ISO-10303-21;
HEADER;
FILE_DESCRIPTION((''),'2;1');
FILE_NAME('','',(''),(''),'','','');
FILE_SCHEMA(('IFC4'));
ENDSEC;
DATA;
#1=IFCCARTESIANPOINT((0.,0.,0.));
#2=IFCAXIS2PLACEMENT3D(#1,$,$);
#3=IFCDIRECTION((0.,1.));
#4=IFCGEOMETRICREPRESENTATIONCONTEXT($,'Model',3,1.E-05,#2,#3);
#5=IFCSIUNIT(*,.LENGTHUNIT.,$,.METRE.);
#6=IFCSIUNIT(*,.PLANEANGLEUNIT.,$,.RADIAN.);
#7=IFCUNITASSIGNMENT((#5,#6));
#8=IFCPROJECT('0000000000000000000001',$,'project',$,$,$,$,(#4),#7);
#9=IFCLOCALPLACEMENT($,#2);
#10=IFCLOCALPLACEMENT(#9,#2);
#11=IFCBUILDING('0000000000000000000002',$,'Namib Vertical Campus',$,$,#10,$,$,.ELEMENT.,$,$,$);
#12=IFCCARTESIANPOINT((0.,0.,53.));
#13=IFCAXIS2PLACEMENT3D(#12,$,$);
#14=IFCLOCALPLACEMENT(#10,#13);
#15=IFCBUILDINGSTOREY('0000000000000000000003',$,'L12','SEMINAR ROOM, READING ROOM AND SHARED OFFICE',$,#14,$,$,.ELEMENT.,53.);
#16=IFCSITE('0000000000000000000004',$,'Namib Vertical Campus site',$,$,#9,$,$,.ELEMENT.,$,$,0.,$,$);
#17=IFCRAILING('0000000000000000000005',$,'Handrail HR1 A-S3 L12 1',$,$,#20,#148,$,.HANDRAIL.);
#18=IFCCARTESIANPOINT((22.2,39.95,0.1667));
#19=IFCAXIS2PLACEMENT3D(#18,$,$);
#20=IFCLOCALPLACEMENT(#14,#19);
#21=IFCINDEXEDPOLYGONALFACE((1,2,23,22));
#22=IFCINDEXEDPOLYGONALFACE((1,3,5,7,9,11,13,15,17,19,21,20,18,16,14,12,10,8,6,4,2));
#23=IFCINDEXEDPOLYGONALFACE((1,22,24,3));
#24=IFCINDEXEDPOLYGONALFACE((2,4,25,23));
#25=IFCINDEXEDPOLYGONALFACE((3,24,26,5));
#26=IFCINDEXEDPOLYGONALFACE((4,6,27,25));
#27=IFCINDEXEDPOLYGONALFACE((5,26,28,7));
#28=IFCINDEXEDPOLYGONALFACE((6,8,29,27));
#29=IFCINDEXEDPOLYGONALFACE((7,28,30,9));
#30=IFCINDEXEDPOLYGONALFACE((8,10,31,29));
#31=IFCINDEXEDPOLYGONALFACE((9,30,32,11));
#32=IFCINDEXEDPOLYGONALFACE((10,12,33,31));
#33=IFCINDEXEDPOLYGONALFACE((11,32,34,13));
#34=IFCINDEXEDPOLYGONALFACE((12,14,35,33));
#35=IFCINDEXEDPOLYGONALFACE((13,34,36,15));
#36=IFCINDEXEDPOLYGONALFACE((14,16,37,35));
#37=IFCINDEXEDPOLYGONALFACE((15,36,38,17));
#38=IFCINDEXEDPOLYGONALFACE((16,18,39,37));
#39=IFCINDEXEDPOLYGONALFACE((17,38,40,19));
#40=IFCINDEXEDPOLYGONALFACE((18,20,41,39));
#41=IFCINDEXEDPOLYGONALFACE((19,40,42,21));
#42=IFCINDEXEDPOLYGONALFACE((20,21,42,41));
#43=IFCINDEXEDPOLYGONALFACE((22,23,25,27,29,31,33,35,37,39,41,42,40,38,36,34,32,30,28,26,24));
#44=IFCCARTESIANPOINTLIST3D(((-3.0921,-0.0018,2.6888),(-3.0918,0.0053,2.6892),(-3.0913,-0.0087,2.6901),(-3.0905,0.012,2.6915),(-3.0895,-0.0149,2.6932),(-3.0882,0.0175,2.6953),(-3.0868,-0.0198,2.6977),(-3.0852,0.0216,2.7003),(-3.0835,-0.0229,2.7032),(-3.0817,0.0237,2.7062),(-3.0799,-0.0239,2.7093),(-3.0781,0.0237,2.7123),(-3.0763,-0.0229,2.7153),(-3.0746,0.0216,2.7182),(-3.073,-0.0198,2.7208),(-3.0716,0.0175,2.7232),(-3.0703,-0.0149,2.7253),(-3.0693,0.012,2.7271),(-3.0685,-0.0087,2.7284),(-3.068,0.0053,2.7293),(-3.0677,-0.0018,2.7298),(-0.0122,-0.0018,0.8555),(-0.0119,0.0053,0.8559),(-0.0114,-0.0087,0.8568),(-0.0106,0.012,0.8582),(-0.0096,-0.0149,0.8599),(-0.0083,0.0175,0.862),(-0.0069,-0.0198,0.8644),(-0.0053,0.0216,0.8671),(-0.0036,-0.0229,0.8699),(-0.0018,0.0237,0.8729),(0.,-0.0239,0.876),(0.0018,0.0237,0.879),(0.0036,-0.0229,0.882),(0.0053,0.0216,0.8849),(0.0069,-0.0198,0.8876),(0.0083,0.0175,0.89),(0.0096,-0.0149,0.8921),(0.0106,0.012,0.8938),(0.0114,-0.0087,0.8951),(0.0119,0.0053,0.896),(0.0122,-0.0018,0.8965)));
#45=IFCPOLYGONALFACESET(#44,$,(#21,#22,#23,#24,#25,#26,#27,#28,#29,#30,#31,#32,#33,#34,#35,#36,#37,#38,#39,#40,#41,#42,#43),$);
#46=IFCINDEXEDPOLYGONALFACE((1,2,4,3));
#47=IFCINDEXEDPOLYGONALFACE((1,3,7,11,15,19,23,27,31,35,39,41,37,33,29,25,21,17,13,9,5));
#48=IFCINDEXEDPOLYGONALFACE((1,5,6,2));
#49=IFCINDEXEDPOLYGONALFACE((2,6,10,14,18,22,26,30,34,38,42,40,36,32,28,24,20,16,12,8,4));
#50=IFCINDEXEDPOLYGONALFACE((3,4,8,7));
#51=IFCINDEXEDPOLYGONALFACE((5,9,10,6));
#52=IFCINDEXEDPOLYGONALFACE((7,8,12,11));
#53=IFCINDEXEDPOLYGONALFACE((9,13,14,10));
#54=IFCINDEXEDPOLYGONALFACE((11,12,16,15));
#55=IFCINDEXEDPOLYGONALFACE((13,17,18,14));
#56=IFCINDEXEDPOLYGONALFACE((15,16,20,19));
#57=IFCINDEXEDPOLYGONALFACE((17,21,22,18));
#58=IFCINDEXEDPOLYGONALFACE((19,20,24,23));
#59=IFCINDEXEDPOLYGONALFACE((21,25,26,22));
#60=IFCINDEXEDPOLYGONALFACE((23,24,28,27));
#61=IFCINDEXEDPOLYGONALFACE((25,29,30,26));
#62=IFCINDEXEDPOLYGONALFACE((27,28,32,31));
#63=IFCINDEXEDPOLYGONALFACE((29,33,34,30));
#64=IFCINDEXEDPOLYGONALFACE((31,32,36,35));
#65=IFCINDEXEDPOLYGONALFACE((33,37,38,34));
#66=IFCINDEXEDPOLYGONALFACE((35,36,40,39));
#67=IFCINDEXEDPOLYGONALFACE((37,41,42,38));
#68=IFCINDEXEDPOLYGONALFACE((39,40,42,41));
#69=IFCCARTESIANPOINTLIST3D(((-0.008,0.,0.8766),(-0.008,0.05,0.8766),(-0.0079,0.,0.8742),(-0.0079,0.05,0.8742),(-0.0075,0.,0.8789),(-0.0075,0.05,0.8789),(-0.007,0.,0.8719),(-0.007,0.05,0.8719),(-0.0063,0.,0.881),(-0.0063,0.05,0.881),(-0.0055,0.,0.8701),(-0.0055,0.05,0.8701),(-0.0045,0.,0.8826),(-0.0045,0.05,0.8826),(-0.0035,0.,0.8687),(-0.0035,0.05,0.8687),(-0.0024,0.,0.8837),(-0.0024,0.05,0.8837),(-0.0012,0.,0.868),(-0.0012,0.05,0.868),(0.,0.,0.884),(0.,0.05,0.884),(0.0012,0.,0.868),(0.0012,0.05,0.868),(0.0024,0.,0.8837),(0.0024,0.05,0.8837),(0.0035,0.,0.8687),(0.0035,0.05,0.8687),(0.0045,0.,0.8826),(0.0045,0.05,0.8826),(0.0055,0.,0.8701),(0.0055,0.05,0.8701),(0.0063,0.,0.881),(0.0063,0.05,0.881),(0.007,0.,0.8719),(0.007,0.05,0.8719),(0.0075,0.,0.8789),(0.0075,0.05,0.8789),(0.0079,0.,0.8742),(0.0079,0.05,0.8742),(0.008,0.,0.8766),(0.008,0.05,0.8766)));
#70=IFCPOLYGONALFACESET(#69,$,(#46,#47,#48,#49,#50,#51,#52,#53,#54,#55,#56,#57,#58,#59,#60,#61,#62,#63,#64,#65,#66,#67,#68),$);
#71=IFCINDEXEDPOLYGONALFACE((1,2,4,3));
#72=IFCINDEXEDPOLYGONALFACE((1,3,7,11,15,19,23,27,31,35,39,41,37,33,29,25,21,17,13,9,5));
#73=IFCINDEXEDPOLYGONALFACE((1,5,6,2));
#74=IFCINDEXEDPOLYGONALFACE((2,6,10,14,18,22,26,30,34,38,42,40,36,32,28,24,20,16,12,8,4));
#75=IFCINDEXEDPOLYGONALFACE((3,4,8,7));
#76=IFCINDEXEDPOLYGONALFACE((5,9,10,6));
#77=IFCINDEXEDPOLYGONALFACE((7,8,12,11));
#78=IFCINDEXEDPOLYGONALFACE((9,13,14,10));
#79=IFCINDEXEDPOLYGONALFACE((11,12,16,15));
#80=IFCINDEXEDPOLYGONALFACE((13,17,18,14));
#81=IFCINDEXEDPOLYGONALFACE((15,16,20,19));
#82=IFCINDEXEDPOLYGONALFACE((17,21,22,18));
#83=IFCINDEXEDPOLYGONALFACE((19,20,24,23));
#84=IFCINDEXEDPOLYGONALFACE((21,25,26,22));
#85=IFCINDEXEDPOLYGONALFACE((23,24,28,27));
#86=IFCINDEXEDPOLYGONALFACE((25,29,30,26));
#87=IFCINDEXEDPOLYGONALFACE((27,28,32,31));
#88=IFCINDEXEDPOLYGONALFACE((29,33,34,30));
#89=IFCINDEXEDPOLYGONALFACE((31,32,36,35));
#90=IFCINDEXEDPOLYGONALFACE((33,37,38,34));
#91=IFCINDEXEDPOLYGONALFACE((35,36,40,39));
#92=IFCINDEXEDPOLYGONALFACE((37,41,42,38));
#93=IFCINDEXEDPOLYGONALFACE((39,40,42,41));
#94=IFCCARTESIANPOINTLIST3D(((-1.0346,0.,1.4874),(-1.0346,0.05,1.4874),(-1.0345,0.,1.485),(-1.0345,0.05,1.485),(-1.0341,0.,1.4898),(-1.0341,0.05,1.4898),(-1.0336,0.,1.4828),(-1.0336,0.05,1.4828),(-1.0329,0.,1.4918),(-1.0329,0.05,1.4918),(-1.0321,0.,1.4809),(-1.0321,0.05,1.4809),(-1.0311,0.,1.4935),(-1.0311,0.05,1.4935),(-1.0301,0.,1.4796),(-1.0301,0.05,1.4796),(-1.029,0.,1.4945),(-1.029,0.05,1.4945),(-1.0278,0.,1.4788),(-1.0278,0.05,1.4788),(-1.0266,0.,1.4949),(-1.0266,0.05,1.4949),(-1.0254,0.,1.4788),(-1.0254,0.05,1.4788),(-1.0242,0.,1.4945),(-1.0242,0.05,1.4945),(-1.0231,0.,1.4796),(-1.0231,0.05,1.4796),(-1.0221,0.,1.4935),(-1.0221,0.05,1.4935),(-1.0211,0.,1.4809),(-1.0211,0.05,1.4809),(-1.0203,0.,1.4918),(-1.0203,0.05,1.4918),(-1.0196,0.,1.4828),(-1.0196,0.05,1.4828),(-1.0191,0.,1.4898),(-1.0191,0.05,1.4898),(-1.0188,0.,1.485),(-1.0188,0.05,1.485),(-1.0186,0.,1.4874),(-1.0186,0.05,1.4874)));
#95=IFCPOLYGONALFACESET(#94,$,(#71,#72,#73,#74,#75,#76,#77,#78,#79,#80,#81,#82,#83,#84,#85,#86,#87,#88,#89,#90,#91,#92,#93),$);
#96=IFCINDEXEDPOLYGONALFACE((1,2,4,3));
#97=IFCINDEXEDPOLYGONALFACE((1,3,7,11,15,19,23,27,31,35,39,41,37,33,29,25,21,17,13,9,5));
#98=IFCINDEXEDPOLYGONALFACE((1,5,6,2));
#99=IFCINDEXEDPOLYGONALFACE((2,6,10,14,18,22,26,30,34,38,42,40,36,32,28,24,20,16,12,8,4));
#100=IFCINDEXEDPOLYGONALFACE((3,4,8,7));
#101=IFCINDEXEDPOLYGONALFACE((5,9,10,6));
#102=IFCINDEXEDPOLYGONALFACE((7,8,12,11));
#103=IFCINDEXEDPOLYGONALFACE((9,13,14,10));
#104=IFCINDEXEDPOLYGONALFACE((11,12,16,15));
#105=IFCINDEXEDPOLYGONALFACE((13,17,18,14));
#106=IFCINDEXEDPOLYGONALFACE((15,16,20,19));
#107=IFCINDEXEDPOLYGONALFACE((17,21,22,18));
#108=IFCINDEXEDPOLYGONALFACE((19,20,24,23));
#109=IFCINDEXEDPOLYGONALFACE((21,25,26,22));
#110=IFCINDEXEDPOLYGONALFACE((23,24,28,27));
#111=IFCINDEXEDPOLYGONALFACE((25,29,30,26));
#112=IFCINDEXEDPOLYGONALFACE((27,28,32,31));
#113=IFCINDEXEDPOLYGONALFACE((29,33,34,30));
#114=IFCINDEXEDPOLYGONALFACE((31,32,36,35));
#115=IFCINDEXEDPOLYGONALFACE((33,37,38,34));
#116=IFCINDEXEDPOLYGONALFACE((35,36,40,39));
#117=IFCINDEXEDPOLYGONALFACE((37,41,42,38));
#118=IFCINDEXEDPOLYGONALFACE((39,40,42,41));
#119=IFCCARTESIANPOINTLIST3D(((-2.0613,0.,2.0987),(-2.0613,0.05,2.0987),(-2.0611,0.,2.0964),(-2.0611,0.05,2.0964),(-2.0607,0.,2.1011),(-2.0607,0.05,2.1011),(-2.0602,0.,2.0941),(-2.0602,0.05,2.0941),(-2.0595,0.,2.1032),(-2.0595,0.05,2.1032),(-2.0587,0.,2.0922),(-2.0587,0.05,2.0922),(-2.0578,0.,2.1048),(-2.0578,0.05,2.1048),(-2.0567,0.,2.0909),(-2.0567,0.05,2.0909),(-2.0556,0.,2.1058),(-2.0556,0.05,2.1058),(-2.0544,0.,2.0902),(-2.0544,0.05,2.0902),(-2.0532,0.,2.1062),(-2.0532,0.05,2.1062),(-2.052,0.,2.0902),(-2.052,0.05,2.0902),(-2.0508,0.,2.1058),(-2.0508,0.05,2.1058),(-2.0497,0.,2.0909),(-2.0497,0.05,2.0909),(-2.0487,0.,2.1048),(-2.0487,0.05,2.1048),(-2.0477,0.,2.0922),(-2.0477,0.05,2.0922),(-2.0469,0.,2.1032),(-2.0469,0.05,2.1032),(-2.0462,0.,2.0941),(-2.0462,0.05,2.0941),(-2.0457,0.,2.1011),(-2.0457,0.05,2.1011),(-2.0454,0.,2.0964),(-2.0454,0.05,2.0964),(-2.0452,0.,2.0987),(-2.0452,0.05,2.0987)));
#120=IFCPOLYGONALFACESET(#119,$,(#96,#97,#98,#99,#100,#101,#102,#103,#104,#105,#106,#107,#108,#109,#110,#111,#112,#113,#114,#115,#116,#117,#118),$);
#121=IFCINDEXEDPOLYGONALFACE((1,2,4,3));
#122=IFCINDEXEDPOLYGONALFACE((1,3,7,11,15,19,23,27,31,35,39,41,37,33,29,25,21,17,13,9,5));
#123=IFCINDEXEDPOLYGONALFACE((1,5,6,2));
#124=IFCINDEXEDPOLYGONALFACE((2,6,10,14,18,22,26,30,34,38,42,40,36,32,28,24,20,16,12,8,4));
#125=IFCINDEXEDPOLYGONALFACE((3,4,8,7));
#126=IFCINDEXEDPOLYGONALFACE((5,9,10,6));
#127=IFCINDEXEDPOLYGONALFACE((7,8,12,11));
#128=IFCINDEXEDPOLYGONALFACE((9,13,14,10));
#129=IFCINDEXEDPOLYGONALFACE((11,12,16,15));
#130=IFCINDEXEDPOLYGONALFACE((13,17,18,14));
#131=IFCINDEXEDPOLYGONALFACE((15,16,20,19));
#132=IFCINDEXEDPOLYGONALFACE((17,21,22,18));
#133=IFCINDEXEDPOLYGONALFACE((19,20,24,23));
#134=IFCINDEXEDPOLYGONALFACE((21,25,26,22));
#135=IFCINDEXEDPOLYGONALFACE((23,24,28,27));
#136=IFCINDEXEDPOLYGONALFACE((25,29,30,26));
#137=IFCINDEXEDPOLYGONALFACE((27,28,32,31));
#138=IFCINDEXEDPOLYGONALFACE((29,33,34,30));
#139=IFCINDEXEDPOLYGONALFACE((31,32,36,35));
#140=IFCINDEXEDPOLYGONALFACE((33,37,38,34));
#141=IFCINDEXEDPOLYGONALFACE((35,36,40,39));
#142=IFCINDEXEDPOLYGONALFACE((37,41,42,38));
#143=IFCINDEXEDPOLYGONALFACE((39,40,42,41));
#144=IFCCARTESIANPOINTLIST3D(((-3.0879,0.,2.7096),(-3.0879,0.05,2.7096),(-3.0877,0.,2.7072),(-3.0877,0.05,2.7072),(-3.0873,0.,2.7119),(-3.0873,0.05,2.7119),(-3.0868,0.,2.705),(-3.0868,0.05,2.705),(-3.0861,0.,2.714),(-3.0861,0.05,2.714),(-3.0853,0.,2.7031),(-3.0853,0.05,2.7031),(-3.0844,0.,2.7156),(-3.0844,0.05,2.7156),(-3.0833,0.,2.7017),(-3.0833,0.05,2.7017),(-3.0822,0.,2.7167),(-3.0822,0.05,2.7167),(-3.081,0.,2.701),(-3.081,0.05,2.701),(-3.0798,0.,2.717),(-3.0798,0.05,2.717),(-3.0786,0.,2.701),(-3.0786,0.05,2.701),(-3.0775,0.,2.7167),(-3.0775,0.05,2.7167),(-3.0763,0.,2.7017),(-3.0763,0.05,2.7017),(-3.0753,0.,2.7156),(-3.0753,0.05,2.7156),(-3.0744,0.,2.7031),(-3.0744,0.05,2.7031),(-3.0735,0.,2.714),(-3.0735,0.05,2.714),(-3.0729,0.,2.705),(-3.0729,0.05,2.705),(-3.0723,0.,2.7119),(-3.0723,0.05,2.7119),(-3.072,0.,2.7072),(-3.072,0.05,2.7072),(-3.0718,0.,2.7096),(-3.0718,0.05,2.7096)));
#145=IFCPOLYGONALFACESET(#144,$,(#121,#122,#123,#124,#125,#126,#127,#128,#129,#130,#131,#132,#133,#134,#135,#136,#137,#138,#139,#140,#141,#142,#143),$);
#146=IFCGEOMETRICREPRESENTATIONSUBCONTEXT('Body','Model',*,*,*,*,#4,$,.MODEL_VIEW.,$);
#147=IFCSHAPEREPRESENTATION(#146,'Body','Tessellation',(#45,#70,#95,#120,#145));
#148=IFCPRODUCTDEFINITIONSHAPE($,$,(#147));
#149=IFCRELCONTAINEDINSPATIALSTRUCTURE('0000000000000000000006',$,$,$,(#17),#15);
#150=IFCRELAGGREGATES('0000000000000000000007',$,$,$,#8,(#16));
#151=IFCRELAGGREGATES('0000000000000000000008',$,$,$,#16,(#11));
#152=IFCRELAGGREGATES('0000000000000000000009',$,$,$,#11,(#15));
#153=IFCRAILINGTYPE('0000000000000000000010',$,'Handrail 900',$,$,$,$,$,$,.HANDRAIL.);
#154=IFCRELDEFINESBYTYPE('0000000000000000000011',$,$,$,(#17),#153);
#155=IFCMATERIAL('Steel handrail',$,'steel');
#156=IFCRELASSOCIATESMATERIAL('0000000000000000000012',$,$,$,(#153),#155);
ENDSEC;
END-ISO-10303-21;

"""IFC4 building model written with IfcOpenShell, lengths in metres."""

from ifc_helpers import new_model, si_unit, direction, frame, origin, origin_2d, place, context, subcontext, project, spatial, circle, extrude, material, type_object, element, save


model = new_model("IFC4")

# Units and contexts
model_context = context("Model", 3, precision=1e-05, world=origin(), true_north=direction((0.0, 1.0)))
body_context = subcontext(model_context, "Body", "Model", "MODEL_VIEW")
ifc_project = project(units=[si_unit("LENGTHUNIT", "METRE"), si_unit("PLANEANGLEUNIT", "RADIAN")], contexts=[model_context])

# Site, building, storey
site_placement = place(None, origin())
site = spatial("IfcSite", under=ifc_project, at=site_placement, Name="Namib Vertical Campus site", CompositionType="ELEMENT", RefElevation=0.0)
building_placement = place(site_placement, origin())
building = spatial("IfcBuilding", under=site, at=building_placement, Name="Namib Vertical Campus", CompositionType="ELEMENT")
storey_placement = place(building_placement, frame((0.0, 0.0, 53.0)))
storey = spatial("IfcBuildingStorey", under=building, at=storey_placement, Name="L12", Description="SEMINAR ROOM, READING ROOM AND SHARED OFFICE", CompositionType="ELEMENT", Elevation=53.0)

# Railing
ifc_material_1 = material(Name="Steel handrail", Category="steel")
railing_type_1 = type_object("IfcRailingType", Name="Handrail 900", PredefinedType="HANDRAIL", material=ifc_material_1)
railing_1_placement = place(storey_placement, frame((22.2, 39.95, 0.1667)))
element("IfcRailing", 1, at=railing_1_placement, inside=storey, type_object=railing_type_1, Name="Handrail HR1 A-S3 L12 1", PredefinedType="HANDRAIL", context=body_context, shape_type="SweptSolid", body=[
    extrude(circle(Radius=0.0239, at=origin_2d()), frame((0.0, 0.0, 0.876), z_axis=(-0.859291, 0.0, 0.511487), x_axis=(0.0, -1.0, 0.0)), (0.0, 0.0, 1.0), 3.5842),
    extrude(circle(Radius=0.0081, at=origin_2d()), frame((0.0, 0.0, 0.876), z_axis=(0.0, 1.0, 0.0), x_axis=(0.0, 0.0, 1.0)), (0.0, 0.0, 1.0), 0.05),
    extrude(circle(Radius=0.0081, at=origin_2d()), frame((-1.0266, 0.0, 1.4868), z_axis=(0.0, 1.0, 0.0), x_axis=(0.0, 0.0, 1.0)), (0.0, 0.0, 1.0), 0.05),
    extrude(circle(Radius=0.0081, at=origin_2d()), frame((-2.0532, 0.0, 2.0981), z_axis=(0.0, 1.0, 0.0), x_axis=(0.0, 0.0, 1.0)), (0.0, 0.0, 1.0), 0.05),
    extrude(circle(Radius=0.0081, at=origin_2d()), frame((-3.0798, 0.0, 2.709), z_axis=(0.0, 1.0, 0.0), x_axis=(0.0, 0.0, 1.0)), (0.0, 0.0, 1.0), 0.05),
])

save(model, "model.ifc")
